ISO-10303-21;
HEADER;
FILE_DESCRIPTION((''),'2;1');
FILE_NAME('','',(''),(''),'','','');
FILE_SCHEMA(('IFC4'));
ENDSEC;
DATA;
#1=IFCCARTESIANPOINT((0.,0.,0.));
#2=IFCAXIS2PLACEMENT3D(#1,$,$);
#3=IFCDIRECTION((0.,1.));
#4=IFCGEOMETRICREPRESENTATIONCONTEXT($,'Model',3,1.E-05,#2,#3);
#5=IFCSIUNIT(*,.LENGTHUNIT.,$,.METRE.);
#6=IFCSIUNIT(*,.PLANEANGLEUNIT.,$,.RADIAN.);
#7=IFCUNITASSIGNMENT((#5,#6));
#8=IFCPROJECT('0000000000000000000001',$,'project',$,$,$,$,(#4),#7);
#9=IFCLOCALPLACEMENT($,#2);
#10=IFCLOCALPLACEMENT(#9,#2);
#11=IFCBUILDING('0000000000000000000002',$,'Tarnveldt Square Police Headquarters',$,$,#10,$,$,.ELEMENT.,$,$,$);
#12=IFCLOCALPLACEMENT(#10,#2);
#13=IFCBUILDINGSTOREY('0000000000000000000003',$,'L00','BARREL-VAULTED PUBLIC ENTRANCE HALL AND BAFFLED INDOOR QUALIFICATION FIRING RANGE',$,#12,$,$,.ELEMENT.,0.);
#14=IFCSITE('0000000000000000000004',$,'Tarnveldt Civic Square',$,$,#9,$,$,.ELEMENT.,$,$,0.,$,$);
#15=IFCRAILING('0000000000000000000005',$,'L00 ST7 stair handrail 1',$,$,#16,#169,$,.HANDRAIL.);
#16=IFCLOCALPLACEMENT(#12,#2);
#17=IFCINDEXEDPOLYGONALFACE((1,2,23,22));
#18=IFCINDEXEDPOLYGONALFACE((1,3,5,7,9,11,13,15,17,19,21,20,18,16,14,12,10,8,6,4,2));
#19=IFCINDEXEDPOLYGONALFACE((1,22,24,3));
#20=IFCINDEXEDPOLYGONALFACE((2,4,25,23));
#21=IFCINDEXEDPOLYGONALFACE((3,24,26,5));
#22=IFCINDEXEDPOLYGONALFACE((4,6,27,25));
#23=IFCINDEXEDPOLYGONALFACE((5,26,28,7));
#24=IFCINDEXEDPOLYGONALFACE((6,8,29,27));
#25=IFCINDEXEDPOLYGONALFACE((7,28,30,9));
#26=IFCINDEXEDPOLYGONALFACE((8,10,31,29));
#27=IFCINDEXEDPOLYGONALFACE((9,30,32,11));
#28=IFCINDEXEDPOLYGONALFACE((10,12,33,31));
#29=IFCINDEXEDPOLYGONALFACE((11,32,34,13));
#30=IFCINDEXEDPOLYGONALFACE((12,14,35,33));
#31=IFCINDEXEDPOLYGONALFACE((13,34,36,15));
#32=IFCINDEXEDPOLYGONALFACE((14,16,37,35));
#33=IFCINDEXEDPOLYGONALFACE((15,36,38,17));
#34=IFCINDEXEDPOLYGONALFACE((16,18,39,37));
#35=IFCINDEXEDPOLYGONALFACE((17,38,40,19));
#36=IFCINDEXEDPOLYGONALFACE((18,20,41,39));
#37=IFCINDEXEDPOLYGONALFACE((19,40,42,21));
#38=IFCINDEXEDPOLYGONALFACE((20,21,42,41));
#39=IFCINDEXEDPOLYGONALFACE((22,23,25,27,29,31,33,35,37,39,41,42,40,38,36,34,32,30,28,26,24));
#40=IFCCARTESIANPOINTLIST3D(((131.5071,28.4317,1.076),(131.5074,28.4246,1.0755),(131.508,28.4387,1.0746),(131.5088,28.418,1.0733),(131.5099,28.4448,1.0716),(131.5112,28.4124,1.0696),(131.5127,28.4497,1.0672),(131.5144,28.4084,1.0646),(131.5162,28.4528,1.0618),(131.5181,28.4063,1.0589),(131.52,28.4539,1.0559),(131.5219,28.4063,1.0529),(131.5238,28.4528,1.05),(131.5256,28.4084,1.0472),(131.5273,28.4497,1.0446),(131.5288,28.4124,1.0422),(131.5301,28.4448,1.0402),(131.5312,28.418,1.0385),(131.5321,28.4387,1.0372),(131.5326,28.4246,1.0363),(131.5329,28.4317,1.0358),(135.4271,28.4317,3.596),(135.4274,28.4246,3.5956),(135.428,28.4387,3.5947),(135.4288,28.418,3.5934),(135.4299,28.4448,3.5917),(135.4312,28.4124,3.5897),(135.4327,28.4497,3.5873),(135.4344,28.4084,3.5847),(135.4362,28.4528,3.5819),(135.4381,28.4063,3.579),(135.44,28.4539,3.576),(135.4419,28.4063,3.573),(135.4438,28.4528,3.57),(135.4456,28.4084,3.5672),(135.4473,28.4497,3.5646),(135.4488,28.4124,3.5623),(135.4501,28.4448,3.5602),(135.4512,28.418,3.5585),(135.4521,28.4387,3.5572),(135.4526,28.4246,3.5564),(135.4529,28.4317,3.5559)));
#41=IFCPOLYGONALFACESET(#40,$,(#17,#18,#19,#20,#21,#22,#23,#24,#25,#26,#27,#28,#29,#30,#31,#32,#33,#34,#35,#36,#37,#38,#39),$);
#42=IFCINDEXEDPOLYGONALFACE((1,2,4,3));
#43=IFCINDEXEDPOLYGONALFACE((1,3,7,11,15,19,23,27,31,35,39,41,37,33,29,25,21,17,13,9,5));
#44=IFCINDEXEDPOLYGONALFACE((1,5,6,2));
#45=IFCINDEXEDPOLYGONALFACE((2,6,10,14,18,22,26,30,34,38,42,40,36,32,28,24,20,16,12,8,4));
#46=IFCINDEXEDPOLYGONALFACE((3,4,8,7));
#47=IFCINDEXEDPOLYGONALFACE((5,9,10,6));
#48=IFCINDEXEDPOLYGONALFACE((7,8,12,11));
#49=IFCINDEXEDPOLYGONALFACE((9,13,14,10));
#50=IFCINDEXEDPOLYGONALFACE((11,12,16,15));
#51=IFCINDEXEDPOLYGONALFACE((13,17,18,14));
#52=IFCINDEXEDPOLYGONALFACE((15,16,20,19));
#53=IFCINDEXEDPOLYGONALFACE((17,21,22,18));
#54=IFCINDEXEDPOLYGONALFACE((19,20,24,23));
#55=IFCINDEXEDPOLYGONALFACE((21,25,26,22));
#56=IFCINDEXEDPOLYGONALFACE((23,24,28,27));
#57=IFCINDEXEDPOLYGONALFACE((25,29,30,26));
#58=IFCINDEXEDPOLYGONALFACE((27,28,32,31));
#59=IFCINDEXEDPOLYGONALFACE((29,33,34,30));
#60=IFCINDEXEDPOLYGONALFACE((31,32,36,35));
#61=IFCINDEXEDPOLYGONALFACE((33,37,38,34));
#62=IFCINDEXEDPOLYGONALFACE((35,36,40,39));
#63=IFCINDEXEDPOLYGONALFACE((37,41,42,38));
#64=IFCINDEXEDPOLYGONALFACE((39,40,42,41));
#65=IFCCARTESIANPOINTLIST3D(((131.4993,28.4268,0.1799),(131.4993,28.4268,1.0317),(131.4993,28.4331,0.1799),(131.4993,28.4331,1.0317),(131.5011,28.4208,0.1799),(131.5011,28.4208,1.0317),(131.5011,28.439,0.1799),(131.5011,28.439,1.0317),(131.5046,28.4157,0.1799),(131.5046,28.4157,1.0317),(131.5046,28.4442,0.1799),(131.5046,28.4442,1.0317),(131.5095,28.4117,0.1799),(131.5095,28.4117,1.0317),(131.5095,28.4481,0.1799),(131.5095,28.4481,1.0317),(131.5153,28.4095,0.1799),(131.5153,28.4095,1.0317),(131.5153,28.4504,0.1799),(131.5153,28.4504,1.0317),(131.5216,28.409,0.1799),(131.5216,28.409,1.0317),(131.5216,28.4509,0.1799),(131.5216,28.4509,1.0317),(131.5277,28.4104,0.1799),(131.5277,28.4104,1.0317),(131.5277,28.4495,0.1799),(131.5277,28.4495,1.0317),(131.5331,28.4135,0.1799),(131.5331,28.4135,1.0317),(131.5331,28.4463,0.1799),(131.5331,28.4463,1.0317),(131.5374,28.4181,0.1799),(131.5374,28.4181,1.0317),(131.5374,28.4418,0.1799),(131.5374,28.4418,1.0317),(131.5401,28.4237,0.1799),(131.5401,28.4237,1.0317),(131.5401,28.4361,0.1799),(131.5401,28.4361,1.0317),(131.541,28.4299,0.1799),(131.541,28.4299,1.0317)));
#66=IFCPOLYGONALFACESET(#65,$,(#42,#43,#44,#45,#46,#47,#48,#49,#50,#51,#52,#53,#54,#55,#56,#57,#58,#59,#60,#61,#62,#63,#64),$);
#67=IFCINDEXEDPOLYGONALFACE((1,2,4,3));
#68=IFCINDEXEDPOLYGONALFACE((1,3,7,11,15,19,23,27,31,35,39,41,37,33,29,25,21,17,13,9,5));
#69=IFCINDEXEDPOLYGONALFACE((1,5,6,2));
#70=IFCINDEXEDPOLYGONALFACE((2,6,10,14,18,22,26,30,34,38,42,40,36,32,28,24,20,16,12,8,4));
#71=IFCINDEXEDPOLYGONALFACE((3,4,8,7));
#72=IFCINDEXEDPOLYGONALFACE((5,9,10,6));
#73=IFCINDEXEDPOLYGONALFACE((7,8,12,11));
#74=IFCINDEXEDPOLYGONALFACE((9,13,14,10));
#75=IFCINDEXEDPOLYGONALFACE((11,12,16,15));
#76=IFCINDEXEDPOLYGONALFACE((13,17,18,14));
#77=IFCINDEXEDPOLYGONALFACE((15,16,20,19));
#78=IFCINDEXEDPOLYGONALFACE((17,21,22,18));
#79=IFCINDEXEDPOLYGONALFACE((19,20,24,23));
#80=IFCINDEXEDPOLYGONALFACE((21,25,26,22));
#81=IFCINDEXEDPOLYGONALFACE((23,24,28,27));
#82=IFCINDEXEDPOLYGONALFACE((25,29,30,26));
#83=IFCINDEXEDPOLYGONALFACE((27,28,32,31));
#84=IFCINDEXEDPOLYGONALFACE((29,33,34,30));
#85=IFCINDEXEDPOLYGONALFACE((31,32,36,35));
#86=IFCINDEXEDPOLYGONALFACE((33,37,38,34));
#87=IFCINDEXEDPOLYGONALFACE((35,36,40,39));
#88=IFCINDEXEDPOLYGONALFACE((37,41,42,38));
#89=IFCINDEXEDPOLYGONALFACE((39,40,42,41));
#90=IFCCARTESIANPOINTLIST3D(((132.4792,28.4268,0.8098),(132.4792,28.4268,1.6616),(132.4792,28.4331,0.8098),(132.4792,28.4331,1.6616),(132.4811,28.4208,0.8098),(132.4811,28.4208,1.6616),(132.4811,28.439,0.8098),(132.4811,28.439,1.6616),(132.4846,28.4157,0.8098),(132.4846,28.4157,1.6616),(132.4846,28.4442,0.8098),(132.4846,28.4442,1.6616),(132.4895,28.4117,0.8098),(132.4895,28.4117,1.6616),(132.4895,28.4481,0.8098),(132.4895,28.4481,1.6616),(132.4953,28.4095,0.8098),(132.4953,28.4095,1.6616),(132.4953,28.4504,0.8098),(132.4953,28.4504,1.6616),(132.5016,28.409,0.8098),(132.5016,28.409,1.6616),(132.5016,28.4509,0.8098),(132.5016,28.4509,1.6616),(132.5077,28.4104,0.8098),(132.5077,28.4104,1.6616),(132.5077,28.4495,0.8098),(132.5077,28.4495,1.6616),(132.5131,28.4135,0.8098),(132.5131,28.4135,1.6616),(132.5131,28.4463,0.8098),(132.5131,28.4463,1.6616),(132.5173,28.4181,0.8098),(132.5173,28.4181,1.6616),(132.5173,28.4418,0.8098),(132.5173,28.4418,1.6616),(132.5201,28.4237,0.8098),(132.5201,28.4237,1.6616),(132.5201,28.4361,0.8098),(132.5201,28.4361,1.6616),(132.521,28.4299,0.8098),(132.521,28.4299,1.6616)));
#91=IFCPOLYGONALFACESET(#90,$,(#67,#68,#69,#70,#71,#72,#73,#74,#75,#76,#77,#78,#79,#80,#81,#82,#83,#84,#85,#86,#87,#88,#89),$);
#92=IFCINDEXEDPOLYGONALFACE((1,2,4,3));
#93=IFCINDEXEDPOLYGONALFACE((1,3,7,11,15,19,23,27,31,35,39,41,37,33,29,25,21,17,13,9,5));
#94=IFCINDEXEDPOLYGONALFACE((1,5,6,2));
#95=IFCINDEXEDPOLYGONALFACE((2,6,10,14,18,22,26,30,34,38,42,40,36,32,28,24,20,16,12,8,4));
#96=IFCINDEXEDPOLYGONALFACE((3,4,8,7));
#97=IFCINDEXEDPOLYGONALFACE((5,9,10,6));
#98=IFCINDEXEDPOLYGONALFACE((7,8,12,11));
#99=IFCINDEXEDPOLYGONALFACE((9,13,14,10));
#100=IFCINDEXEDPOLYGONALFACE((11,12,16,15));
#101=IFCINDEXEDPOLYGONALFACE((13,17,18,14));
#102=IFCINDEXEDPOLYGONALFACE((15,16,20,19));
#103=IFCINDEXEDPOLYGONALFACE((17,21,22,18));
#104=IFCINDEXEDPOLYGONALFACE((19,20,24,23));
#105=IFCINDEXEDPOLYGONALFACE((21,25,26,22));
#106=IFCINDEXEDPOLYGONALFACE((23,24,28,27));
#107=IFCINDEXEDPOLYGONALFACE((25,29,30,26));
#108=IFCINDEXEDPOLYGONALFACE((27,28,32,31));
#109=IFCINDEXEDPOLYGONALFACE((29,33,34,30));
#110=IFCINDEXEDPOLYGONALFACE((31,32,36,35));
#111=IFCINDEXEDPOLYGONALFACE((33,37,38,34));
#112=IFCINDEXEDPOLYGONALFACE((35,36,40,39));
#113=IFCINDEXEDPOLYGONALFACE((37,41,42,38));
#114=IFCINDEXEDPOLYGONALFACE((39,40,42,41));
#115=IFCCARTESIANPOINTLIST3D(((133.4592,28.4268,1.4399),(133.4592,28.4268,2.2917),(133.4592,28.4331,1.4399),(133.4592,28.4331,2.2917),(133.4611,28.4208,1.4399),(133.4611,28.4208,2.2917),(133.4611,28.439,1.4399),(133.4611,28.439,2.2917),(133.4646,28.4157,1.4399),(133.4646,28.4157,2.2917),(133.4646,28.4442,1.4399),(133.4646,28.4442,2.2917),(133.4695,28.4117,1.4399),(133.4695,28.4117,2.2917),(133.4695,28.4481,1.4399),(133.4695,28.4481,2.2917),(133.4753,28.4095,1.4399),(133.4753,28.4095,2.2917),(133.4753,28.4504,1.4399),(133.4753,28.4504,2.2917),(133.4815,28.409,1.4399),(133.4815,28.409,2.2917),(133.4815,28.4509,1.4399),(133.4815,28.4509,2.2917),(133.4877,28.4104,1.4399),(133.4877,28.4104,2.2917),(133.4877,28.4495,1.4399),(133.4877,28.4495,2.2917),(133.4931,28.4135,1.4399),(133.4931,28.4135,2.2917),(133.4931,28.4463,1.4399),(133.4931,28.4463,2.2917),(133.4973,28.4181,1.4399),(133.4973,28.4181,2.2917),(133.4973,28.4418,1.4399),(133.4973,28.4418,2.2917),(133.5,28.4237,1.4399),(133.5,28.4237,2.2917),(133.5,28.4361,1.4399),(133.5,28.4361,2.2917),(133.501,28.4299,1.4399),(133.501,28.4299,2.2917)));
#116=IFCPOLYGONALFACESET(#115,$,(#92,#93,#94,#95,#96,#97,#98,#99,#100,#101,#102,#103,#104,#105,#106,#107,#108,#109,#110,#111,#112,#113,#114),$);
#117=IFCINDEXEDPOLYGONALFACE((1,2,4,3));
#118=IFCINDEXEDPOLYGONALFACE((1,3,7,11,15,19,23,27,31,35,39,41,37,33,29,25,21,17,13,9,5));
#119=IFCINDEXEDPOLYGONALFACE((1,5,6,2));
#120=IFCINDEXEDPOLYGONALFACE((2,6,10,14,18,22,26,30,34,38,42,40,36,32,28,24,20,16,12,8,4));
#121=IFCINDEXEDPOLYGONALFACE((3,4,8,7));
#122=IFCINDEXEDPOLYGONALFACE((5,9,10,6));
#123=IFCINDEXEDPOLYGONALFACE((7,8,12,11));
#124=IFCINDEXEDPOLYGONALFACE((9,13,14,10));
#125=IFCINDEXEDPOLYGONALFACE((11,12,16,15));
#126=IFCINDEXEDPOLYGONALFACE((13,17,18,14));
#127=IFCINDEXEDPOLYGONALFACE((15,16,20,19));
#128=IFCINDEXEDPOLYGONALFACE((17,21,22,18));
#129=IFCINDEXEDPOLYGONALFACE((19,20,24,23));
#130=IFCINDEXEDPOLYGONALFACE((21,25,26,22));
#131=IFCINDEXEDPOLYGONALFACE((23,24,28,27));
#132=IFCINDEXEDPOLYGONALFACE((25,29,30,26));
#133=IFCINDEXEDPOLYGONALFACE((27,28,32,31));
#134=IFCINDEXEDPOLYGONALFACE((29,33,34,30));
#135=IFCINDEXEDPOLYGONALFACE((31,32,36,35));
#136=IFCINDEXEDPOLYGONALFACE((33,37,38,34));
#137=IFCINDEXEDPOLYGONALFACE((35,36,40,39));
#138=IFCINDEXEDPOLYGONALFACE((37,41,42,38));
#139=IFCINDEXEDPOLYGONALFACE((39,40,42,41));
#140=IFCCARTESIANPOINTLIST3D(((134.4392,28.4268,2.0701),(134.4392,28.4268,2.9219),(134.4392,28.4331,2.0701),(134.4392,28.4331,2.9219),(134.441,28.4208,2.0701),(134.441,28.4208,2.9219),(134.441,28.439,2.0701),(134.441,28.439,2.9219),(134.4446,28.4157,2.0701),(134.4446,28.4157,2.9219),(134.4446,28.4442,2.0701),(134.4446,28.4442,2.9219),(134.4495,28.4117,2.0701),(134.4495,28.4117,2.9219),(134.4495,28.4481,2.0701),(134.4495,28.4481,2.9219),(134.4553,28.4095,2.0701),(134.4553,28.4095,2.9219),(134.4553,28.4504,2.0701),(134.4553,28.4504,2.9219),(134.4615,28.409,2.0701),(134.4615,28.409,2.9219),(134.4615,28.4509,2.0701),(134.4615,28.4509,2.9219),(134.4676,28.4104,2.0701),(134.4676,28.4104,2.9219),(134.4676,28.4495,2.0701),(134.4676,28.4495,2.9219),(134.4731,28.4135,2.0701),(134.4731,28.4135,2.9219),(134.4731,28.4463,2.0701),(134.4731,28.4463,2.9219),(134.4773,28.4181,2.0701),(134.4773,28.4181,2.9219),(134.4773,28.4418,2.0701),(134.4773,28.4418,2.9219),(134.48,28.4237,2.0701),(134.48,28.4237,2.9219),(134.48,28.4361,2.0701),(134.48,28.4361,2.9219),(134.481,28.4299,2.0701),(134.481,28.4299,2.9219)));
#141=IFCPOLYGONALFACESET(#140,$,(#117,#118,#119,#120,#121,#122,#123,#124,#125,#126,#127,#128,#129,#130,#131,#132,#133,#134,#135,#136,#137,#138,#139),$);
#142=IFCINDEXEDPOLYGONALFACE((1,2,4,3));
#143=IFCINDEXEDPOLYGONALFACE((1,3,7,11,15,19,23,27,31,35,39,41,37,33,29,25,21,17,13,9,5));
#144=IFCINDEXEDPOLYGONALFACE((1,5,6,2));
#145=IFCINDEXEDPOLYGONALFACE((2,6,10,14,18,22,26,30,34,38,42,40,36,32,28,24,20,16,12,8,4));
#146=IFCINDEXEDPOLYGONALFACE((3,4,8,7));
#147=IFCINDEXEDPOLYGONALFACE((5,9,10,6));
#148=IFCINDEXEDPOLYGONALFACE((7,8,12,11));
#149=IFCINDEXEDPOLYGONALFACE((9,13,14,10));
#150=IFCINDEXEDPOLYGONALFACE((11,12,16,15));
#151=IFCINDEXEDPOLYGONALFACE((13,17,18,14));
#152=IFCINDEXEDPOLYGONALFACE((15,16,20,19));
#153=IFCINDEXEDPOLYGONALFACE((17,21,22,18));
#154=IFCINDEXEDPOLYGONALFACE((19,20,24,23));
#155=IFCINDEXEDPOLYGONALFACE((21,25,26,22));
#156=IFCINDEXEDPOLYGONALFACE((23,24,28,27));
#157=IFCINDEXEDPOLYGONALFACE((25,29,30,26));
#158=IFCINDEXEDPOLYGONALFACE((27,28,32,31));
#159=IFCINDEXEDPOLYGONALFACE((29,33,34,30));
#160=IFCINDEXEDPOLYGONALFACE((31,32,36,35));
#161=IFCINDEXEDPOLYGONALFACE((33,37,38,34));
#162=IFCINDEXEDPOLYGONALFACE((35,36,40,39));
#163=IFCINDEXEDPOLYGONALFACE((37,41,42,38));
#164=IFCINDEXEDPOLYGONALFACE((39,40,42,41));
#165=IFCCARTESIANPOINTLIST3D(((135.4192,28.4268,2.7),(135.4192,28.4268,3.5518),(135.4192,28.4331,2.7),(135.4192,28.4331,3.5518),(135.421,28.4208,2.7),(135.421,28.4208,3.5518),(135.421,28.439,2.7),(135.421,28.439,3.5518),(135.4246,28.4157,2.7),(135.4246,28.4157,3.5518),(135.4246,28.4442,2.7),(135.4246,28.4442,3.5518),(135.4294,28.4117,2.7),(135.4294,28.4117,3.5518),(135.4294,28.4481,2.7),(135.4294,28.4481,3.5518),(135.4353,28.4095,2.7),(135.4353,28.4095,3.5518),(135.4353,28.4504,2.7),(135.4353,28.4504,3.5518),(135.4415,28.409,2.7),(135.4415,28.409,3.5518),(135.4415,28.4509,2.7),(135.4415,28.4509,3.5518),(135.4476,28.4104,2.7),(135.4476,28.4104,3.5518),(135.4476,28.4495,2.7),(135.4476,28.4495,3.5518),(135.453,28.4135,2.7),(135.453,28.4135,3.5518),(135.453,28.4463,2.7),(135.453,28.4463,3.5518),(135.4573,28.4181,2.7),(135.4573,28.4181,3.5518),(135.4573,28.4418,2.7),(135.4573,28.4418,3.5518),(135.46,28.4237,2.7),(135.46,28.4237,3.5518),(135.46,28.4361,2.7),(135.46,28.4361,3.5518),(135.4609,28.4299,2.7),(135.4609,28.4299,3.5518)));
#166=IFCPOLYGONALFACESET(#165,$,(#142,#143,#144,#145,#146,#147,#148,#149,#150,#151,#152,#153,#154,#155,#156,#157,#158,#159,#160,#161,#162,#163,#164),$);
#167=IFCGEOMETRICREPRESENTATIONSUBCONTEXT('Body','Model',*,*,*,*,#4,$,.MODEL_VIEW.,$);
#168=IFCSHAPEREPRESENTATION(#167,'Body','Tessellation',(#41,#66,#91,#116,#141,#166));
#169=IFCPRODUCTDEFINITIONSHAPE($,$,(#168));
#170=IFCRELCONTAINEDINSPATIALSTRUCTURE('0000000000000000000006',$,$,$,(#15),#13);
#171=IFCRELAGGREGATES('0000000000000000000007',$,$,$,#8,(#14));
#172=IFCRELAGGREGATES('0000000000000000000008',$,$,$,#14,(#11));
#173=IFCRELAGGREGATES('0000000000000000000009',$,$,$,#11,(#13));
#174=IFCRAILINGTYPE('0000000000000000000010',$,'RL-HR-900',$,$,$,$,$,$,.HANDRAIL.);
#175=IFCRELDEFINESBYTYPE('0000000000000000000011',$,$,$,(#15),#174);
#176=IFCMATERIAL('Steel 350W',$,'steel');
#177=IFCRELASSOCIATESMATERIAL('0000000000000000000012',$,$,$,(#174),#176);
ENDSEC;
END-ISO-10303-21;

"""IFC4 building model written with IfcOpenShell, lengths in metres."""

from ifc_helpers import new_model, si_unit, direction, frame, origin, origin_2d, place, context, subcontext, project, spatial, circle, extrude, material, type_object, element, save


model = new_model("IFC4")

# Units and contexts
model_context = context("Model", 3, precision=1e-05, world=origin(), true_north=direction((0.0, 1.0)))
body_context = subcontext(model_context, "Body", "Model", "MODEL_VIEW")
ifc_project = project(units=[si_unit("LENGTHUNIT", "METRE"), si_unit("PLANEANGLEUNIT", "RADIAN")], contexts=[model_context])

# Site, building, storey
site_placement = place(None, origin())
site = spatial("IfcSite", under=ifc_project, at=site_placement, Name="Tarnveldt Civic Square", CompositionType="ELEMENT", RefElevation=0.0)
building_placement = place(site_placement, origin())
building = spatial("IfcBuilding", under=site, at=building_placement, Name="Tarnveldt Square Police Headquarters", CompositionType="ELEMENT")
storey_placement = place(building_placement, origin())
storey = spatial("IfcBuildingStorey", under=building, at=storey_placement, Name="L00", Description="BARREL-VAULTED PUBLIC ENTRANCE HALL AND BAFFLED INDOOR QUALIFICATION FIRING RANGE", CompositionType="ELEMENT", Elevation=0.0)

# Shared definitions
ifc_material_1 = material(Name="Steel 350W", Category="steel")

# Railing
railing_type_1 = type_object("IfcRailingType", Name="RL-HR-900", PredefinedType="HANDRAIL", material=ifc_material_1)
railing_1_placement = place(storey_placement, frame((131.52, 28.4299, 0.1799)))
element("IfcRailing", 1, at=railing_1_placement, inside=storey, type_object=railing_type_1, Name="L00 ST7 stair handrail 1", PredefinedType="HANDRAIL", context=body_context, shape_type="SweptSolid", body=[
    extrude(circle(Radius=0.0239, at=origin_2d()), frame((0.0, 0.0, 0.876), z_axis=(0.841172, 0.0, 0.540768), x_axis=(0.0, 1.0, 0.0)), (0.0, 0.0, 1.0), 4.6602),
    extrude(circle(Radius=0.021, at=origin_2d()), origin(), (0.0, 0.0, 1.0), 0.8518),
    extrude(circle(Radius=0.021, at=origin_2d()), frame((0.98, 0.0, 0.6299)), (0.0, 0.0, 1.0), 0.8518),
    extrude(circle(Radius=0.021, at=origin_2d()), frame((1.96, 0.0, 1.26)), (0.0, 0.0, 1.0), 0.8518),
    extrude(circle(Radius=0.021, at=origin_2d()), frame((2.9399, 0.0, 1.8901)), (0.0, 0.0, 1.0), 0.8518),
    extrude(circle(Radius=0.021, at=origin_2d()), frame((3.9199, 0.0, 2.52)), (0.0, 0.0, 1.0), 0.8518),
])

save(model, "model.ifc")
